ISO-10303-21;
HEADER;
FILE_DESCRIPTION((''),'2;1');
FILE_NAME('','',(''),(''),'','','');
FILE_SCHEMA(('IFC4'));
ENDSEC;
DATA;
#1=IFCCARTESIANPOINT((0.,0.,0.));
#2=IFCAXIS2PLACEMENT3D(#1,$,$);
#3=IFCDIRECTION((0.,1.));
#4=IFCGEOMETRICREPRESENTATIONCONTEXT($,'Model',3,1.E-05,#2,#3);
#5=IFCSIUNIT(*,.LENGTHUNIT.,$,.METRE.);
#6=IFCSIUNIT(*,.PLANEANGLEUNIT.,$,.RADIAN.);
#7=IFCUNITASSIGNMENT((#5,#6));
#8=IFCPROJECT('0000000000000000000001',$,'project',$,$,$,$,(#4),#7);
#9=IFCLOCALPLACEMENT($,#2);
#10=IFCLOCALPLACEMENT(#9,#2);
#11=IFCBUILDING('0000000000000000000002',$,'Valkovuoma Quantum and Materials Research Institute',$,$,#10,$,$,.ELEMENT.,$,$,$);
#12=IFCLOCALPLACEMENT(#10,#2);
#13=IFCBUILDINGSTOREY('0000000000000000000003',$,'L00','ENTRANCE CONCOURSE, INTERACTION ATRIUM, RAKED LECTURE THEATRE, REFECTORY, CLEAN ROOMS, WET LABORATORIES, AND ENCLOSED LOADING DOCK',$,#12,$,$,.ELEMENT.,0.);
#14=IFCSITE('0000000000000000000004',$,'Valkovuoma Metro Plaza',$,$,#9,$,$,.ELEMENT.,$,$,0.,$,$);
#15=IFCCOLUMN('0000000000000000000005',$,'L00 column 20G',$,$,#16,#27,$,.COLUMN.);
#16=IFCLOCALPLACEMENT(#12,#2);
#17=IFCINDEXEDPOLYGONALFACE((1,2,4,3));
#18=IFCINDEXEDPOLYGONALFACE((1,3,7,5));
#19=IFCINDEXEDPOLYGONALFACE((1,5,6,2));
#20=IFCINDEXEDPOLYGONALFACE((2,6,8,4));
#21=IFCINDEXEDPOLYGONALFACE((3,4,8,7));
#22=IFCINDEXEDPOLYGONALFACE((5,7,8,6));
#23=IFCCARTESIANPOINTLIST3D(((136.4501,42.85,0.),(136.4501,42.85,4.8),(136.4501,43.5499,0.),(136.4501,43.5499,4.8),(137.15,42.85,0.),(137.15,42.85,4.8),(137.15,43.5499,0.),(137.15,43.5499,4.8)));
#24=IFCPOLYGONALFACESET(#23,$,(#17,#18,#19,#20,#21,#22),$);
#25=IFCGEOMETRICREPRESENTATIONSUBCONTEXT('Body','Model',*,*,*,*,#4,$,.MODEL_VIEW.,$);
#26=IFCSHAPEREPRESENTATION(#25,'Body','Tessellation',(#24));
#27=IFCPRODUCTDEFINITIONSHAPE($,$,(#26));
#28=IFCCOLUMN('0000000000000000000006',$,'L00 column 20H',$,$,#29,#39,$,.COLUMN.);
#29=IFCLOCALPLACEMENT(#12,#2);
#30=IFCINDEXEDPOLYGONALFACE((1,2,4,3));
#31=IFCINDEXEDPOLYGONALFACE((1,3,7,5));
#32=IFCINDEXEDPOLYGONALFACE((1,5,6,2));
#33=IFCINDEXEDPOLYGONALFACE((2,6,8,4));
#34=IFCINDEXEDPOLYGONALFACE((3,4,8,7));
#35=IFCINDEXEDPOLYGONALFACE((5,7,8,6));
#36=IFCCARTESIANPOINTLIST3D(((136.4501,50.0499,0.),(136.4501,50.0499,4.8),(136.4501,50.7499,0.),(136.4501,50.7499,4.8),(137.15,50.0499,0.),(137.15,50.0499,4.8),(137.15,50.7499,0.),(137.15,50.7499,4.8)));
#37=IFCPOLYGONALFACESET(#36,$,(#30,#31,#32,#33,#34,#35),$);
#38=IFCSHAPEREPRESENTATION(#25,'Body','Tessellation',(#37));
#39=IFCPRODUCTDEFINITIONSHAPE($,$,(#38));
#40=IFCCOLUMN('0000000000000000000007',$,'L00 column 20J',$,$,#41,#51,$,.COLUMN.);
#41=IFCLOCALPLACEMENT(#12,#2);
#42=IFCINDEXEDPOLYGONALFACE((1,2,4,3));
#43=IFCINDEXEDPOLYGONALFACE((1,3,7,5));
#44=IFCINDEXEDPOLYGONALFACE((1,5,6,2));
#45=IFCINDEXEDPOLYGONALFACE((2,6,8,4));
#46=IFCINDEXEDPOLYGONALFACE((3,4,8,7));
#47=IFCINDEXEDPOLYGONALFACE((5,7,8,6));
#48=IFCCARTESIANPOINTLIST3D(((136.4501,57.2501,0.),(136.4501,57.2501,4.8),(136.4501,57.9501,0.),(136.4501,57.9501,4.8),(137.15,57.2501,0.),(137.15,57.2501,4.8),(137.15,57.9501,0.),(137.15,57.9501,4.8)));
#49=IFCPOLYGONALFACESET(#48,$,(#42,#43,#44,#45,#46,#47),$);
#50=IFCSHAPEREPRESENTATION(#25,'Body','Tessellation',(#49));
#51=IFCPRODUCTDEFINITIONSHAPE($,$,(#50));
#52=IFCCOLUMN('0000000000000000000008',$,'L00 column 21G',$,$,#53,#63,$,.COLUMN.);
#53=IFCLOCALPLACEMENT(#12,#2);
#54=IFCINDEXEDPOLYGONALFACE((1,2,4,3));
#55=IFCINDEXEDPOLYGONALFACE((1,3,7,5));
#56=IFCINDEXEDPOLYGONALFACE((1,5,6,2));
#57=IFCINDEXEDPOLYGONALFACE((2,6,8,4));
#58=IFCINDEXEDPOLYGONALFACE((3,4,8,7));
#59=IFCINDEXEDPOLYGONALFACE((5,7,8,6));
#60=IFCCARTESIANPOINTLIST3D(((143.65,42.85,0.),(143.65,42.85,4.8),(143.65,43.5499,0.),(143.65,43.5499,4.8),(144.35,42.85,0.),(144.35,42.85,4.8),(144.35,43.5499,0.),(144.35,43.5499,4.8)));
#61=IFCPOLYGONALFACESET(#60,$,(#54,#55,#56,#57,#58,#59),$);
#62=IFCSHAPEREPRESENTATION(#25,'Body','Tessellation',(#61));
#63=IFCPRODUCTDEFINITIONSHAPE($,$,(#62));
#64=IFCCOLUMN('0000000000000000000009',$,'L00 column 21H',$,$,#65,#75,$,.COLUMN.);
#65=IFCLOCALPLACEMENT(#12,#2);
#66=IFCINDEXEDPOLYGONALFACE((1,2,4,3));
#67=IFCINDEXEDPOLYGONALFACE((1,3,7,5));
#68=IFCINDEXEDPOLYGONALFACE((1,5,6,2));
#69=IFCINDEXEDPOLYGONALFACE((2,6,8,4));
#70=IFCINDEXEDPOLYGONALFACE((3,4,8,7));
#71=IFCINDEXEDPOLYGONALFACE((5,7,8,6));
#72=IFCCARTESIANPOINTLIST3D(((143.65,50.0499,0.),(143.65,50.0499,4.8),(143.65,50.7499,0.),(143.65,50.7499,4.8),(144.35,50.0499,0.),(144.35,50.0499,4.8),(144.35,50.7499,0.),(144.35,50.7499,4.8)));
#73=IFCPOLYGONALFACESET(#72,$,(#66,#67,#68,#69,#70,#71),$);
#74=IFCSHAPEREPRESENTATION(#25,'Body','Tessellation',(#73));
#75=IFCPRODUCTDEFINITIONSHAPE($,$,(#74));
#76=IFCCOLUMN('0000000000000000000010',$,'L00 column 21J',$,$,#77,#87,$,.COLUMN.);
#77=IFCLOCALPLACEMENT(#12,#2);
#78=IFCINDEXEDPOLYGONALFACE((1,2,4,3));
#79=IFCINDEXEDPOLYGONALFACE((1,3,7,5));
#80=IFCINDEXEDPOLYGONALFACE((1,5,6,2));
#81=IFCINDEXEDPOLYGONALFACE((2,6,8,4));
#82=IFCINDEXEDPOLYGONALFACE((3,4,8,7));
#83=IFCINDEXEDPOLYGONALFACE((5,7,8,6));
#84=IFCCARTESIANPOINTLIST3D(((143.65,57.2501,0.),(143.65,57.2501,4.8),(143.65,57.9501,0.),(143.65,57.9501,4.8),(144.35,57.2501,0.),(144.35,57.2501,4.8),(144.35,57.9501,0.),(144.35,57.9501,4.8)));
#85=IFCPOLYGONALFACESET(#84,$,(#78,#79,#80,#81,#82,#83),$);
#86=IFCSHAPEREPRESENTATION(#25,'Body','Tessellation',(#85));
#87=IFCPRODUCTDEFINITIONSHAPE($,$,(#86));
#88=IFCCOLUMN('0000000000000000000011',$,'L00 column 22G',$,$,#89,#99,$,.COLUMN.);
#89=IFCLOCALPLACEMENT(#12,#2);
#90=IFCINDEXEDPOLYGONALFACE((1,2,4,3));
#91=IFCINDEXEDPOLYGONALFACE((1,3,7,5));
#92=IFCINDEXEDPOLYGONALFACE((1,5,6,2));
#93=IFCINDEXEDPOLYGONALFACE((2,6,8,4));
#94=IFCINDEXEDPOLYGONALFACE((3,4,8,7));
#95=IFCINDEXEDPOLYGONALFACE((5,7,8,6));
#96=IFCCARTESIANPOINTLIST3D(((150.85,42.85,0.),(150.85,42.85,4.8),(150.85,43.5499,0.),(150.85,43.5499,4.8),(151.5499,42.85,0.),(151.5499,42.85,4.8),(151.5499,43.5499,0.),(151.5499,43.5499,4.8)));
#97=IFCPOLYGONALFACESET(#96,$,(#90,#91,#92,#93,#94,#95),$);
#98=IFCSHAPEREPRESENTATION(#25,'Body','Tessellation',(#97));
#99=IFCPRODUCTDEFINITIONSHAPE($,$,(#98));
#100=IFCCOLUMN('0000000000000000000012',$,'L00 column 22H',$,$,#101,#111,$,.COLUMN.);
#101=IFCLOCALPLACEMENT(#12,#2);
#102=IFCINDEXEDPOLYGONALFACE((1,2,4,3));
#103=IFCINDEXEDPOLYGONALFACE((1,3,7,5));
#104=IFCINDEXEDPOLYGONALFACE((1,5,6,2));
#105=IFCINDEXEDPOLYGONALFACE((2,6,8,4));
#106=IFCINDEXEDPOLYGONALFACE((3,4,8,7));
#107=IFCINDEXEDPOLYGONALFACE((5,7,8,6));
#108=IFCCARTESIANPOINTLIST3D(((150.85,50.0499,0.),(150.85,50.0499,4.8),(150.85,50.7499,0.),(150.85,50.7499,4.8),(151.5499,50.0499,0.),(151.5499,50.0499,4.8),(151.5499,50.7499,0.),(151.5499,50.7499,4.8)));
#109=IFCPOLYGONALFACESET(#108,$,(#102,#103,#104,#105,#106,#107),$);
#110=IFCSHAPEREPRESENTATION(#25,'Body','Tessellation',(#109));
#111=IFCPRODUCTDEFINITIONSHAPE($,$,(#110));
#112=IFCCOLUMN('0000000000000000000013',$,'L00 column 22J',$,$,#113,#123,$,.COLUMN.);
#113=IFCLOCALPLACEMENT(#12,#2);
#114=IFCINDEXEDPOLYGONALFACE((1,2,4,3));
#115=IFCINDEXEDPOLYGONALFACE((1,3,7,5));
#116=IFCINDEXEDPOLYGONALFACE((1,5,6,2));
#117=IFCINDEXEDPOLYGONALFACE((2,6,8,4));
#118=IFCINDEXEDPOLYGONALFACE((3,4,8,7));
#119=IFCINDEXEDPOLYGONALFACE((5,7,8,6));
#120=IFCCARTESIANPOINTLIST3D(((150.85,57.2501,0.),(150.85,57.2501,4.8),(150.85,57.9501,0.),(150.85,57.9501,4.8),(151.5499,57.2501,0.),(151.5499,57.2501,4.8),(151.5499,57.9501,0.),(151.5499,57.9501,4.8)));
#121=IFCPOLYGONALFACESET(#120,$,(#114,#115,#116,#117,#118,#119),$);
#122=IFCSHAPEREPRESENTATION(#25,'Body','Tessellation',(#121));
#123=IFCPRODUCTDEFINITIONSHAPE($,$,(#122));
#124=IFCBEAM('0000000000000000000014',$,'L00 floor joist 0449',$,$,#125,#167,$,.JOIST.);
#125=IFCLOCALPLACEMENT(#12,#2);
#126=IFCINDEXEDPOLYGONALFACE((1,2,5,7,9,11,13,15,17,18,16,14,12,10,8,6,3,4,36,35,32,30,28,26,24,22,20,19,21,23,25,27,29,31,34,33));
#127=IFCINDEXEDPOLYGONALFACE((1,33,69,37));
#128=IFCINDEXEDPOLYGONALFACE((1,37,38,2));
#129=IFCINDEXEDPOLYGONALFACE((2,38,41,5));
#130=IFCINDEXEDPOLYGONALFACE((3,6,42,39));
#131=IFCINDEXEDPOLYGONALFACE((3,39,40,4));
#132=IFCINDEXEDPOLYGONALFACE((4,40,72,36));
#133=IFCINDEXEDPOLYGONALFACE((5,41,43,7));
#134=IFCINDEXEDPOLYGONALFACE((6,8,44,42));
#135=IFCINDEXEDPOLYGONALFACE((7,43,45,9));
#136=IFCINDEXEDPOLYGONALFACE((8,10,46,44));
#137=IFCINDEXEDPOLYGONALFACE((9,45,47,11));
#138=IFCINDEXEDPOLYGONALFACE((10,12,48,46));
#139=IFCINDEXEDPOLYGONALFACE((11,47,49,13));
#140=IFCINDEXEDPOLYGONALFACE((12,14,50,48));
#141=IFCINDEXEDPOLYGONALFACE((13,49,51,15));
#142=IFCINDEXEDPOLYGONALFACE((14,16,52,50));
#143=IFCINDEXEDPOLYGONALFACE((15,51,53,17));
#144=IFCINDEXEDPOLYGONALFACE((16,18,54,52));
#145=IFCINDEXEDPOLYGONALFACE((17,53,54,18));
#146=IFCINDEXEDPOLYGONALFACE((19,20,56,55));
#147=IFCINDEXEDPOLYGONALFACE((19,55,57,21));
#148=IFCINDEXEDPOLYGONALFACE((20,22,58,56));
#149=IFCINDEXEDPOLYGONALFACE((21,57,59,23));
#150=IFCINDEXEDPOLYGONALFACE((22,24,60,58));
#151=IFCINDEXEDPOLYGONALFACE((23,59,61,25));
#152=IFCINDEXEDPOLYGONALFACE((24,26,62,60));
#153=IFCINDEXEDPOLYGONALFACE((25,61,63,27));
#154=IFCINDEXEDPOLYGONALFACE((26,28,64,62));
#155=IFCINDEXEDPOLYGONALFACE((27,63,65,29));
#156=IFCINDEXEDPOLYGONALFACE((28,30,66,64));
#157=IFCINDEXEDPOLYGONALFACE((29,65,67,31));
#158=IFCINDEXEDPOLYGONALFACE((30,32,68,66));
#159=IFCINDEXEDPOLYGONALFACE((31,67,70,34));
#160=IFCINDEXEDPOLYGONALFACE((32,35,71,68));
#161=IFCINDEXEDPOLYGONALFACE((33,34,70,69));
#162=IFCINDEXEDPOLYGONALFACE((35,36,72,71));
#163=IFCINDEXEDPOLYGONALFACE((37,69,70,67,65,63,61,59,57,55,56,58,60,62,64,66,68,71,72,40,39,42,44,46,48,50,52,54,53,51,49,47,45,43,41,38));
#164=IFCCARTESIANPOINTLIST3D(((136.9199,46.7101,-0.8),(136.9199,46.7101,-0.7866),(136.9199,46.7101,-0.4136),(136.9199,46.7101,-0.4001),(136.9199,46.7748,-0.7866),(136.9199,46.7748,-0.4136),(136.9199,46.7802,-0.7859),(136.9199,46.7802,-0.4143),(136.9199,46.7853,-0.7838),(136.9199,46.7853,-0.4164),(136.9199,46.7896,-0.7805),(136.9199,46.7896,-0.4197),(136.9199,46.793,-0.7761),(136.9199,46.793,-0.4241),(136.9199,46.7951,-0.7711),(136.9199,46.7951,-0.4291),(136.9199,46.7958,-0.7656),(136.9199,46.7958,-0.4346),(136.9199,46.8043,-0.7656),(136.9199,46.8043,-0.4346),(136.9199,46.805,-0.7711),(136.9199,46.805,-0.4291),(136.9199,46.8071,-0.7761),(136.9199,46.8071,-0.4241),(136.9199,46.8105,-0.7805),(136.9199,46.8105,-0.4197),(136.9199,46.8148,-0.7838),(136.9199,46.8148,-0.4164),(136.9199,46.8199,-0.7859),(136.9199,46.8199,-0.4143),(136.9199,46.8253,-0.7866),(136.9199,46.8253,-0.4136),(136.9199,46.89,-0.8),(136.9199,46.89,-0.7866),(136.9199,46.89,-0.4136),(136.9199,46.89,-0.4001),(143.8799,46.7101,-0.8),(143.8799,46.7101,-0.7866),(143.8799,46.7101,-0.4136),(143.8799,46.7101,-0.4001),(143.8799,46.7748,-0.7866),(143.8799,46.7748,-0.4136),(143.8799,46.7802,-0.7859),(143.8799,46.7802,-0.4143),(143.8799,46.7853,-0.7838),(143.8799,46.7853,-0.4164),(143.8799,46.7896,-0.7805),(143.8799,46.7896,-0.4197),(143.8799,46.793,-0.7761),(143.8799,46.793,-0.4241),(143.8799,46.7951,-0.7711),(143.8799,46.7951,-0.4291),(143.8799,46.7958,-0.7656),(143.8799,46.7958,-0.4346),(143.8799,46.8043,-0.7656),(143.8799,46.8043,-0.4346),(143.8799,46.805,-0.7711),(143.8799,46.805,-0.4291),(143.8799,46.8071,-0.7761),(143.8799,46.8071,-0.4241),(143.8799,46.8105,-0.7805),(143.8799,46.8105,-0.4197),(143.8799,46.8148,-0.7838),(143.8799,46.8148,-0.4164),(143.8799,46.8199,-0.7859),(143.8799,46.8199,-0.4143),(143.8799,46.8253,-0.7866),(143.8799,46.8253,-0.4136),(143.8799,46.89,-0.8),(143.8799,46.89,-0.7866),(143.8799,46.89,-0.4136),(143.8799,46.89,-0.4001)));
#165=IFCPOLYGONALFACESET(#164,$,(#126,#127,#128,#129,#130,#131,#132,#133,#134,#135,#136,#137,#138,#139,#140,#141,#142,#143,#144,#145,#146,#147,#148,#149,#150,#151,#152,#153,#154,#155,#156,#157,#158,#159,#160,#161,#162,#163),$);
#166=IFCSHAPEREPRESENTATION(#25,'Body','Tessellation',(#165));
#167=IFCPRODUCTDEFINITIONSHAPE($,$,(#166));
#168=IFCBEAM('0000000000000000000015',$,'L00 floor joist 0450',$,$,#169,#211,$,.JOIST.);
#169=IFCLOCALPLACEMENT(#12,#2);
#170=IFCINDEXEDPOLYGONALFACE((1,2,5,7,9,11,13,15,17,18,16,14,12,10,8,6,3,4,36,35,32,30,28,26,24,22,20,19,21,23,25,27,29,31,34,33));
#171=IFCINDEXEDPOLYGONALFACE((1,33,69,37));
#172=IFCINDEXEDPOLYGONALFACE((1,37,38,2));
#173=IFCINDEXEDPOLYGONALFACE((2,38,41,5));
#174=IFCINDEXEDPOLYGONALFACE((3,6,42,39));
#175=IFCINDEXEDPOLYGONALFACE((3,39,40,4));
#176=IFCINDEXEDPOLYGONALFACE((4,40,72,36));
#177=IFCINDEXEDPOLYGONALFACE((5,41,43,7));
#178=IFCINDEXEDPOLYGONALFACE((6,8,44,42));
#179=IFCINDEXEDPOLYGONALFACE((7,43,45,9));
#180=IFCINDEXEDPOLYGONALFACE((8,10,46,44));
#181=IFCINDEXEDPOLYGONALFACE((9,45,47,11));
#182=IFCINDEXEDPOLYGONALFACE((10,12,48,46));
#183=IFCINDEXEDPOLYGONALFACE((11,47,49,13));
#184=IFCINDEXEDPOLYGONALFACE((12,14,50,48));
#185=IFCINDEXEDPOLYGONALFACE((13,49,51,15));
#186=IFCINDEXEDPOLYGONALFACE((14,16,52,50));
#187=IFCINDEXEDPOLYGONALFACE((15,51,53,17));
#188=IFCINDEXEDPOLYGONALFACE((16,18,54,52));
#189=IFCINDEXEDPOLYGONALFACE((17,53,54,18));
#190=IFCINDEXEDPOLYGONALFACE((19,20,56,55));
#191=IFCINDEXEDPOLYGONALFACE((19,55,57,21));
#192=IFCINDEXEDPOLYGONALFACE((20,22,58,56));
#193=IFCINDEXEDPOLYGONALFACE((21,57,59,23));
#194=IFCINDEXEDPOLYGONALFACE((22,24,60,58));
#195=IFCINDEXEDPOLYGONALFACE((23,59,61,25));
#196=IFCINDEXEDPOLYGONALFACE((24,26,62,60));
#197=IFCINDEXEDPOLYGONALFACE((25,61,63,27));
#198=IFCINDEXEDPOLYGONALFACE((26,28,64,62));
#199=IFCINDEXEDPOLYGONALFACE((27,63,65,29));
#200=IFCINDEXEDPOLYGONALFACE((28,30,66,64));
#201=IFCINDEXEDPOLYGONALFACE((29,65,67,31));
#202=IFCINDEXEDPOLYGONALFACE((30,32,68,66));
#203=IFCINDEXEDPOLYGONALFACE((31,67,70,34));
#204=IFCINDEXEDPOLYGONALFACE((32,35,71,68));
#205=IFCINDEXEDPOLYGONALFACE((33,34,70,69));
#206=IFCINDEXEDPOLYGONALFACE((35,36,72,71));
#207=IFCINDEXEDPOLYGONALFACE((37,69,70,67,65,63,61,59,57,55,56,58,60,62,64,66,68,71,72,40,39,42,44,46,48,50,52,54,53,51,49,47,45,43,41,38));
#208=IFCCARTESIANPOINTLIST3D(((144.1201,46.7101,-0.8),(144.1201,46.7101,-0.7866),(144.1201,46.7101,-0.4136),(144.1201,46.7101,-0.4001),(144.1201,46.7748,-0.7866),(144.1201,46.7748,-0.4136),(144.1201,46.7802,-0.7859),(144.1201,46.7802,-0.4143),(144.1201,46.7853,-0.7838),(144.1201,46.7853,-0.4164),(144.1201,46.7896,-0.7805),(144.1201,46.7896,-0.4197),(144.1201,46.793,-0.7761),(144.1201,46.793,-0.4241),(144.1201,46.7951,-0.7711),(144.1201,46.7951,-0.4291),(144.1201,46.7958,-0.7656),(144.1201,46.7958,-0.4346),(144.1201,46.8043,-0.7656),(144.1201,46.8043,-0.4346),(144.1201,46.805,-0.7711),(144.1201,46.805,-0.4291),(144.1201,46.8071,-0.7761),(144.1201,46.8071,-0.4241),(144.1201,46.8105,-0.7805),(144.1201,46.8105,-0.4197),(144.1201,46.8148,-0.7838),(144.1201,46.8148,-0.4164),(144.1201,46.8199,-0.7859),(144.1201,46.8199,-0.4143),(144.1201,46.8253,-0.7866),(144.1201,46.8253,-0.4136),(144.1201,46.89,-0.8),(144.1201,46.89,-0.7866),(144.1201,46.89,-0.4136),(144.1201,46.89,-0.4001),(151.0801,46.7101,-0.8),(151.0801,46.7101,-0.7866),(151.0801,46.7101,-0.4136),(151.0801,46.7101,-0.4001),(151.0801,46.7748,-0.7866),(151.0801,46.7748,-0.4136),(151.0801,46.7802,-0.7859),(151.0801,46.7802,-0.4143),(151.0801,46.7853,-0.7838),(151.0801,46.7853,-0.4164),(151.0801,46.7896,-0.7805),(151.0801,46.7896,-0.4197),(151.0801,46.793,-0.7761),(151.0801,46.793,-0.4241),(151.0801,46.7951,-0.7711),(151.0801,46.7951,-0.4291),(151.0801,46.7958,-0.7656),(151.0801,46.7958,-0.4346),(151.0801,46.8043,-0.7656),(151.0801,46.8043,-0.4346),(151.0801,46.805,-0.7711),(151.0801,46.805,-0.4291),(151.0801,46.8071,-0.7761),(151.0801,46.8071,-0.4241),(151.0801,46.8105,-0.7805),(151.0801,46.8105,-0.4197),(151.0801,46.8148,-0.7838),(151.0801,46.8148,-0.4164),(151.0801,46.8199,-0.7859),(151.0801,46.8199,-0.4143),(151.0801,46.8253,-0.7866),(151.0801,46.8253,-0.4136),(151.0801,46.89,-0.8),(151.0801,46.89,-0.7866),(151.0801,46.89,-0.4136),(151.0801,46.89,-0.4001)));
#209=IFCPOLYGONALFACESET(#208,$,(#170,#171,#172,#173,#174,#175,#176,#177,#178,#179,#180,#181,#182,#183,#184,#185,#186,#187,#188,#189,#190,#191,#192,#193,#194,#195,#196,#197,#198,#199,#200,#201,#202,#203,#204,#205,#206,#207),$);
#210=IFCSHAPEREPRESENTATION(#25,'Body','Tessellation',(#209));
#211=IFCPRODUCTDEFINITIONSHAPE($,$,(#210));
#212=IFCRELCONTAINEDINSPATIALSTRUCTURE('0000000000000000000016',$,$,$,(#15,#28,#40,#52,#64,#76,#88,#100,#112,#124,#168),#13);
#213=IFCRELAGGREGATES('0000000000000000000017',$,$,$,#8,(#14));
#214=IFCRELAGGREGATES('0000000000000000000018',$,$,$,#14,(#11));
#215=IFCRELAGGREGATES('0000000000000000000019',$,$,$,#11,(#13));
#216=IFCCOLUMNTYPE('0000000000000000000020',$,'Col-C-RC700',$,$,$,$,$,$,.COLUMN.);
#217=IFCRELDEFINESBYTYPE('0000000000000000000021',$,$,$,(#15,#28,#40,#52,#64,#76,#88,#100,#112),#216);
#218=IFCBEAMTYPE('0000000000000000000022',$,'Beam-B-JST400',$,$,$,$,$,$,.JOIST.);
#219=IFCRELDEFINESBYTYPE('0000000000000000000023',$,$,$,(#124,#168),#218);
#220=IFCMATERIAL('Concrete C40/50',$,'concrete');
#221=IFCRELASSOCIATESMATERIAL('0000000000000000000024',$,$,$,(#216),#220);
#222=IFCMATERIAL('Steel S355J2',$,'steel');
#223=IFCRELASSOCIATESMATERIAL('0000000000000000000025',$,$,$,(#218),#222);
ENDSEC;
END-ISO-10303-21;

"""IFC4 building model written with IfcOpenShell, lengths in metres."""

from ifc_helpers import new_model, si_unit, direction, frame, origin, origin_2d, place, context, subcontext, project, spatial, rectangle, i_section, extrude, material, material_profile, profile_set, type_object, element, save


model = new_model("IFC4")

# Units and contexts
model_context = context("Model", 3, precision=1e-05, world=origin(), true_north=direction((0.0, 1.0)))
body_context = subcontext(model_context, "Body", "Model", "MODEL_VIEW")
ifc_project = project(units=[si_unit("LENGTHUNIT", "METRE"), si_unit("PLANEANGLEUNIT", "RADIAN")], contexts=[model_context])

# Site, building, storey
site_placement = place(None, origin())
site = spatial("IfcSite", under=ifc_project, at=site_placement, Name="Valkovuoma Metro Plaza", CompositionType="ELEMENT", RefElevation=0.0)
building_placement = place(site_placement, origin())
building = spatial("IfcBuilding", under=site, at=building_placement, Name="Valkovuoma Quantum and Materials Research Institute", CompositionType="ELEMENT")
storey_placement = place(building_placement, origin())
storey = spatial("IfcBuildingStorey", under=building, at=storey_placement, Name="L00", Description="ENTRANCE CONCOURSE, INTERACTION ATRIUM, RAKED LECTURE THEATRE, REFECTORY, CLEAN ROOMS, WET LABORATORIES, AND ENCLOSED LOADING DOCK", CompositionType="ELEMENT", Elevation=0.0)

# Columns
ifc_material_1 = material(Name="Concrete C40/50", Category="concrete")
ifc_material_profile_1 = material_profile(ifc_material_1, rectangle(XDim=0.7, YDim=0.7, at=origin_2d()), Name="Concrete C40/50")
ifc_profile_set_1 = profile_set([ifc_material_profile_1], Name="Concrete C40/50")
column_type = type_object("IfcColumnType", Name="Col-C-RC700", PredefinedType="COLUMN", material=ifc_profile_set_1)
for number, where, z_axis, x_axis, name in (
    (1, (136.8, 43.2, 0.0), (0.0, 0.0, 1.0), (1.0, 0.0, 0.0), "L00 column 20G"),
    (2, (136.8, 50.3999, 0.0), (0.0, 0.0, 1.0), (1.0, 0.0, 0.0), "L00 column 20H"),
    (3, (136.8, 57.6001, 0.0), (0.0, 0.0, 1.0), (1.0, 0.0, 0.0), "L00 column 20J"),
    (4, (144.0, 43.2, 0.0), (0.0, 0.0, 1.0), (1.0, 0.0, 0.0), "L00 column 21G"),
    (5, (144.0, 50.3999, 0.0), (0.0, 0.0, 1.0), (1.0, 0.0, 0.0), "L00 column 21H"),
    (6, (144.0, 57.6001, 0.0), (0.0, 0.0, 1.0), (1.0, 0.0, 0.0), "L00 column 21J"),
    (7, (151.2, 43.2, 0.0), (0.0, 0.0, 1.0), (1.0, 0.0, 0.0), "L00 column 22G"),
    (8, (151.2, 50.3999, 0.0), (0.0, 0.0, 1.0), (1.0, 0.0, 0.0), "L00 column 22H"),
    (9, (151.2, 57.6001, 0.0), (0.0, 0.0, 1.0), (1.0, 0.0, 0.0), "L00 column 22J"),
):
    element("IfcColumn", number, at=place(storey_placement, frame(where, z_axis=z_axis, x_axis=x_axis)), inside=storey, type_object=column_type, Name=name, PredefinedType="COLUMN", context=body_context, shape_type="SweptSolid", body=[
        extrude(rectangle(XDim=0.7, YDim=0.7, at=origin_2d()), origin(), (0.0, 0.0, 1.0), 4.8),
    ])

# Beams
ifc_material_2 = material(Name="Steel S355J2", Category="steel")
ifc_material_profile_2 = material_profile(ifc_material_2, i_section(OverallWidth=0.1799, OverallDepth=0.3999, WebThickness=0.0085, FlangeThickness=0.0134, FilletRadius=0.021, at=origin_2d()), Name="Steel S355J2")
ifc_profile_set_2 = profile_set([ifc_material_profile_2], Name="Steel S355J2")
beam_type_1 = type_object("IfcBeamType", Name="Beam-B-JST400", PredefinedType="JOIST", material=ifc_profile_set_2)
for number, where, z_axis, x_axis, name in (
    (10, (136.9199, 46.8, -0.6001), (1.0, 0.0, 0.0), (0.0, 1.0, 0.0), "L00 floor joist 0449"),
    (11, (144.1201, 46.8, -0.6001), (1.0, 0.0, 0.0), (0.0, 1.0, 0.0), "L00 floor joist 0450"),
):
    element("IfcBeam", number, at=place(storey_placement, frame(where, z_axis=z_axis, x_axis=x_axis)), inside=storey, type_object=beam_type_1, Name=name, PredefinedType="JOIST", context=body_context, shape_type="SweptSolid", body=[
        extrude(i_section(OverallWidth=0.1799, OverallDepth=0.3999, WebThickness=0.0085, FlangeThickness=0.0134, FilletRadius=0.021, at=origin_2d()), origin(), (0.0, 0.0, 1.0), 6.96),
    ])

save(model, "model.ifc")
